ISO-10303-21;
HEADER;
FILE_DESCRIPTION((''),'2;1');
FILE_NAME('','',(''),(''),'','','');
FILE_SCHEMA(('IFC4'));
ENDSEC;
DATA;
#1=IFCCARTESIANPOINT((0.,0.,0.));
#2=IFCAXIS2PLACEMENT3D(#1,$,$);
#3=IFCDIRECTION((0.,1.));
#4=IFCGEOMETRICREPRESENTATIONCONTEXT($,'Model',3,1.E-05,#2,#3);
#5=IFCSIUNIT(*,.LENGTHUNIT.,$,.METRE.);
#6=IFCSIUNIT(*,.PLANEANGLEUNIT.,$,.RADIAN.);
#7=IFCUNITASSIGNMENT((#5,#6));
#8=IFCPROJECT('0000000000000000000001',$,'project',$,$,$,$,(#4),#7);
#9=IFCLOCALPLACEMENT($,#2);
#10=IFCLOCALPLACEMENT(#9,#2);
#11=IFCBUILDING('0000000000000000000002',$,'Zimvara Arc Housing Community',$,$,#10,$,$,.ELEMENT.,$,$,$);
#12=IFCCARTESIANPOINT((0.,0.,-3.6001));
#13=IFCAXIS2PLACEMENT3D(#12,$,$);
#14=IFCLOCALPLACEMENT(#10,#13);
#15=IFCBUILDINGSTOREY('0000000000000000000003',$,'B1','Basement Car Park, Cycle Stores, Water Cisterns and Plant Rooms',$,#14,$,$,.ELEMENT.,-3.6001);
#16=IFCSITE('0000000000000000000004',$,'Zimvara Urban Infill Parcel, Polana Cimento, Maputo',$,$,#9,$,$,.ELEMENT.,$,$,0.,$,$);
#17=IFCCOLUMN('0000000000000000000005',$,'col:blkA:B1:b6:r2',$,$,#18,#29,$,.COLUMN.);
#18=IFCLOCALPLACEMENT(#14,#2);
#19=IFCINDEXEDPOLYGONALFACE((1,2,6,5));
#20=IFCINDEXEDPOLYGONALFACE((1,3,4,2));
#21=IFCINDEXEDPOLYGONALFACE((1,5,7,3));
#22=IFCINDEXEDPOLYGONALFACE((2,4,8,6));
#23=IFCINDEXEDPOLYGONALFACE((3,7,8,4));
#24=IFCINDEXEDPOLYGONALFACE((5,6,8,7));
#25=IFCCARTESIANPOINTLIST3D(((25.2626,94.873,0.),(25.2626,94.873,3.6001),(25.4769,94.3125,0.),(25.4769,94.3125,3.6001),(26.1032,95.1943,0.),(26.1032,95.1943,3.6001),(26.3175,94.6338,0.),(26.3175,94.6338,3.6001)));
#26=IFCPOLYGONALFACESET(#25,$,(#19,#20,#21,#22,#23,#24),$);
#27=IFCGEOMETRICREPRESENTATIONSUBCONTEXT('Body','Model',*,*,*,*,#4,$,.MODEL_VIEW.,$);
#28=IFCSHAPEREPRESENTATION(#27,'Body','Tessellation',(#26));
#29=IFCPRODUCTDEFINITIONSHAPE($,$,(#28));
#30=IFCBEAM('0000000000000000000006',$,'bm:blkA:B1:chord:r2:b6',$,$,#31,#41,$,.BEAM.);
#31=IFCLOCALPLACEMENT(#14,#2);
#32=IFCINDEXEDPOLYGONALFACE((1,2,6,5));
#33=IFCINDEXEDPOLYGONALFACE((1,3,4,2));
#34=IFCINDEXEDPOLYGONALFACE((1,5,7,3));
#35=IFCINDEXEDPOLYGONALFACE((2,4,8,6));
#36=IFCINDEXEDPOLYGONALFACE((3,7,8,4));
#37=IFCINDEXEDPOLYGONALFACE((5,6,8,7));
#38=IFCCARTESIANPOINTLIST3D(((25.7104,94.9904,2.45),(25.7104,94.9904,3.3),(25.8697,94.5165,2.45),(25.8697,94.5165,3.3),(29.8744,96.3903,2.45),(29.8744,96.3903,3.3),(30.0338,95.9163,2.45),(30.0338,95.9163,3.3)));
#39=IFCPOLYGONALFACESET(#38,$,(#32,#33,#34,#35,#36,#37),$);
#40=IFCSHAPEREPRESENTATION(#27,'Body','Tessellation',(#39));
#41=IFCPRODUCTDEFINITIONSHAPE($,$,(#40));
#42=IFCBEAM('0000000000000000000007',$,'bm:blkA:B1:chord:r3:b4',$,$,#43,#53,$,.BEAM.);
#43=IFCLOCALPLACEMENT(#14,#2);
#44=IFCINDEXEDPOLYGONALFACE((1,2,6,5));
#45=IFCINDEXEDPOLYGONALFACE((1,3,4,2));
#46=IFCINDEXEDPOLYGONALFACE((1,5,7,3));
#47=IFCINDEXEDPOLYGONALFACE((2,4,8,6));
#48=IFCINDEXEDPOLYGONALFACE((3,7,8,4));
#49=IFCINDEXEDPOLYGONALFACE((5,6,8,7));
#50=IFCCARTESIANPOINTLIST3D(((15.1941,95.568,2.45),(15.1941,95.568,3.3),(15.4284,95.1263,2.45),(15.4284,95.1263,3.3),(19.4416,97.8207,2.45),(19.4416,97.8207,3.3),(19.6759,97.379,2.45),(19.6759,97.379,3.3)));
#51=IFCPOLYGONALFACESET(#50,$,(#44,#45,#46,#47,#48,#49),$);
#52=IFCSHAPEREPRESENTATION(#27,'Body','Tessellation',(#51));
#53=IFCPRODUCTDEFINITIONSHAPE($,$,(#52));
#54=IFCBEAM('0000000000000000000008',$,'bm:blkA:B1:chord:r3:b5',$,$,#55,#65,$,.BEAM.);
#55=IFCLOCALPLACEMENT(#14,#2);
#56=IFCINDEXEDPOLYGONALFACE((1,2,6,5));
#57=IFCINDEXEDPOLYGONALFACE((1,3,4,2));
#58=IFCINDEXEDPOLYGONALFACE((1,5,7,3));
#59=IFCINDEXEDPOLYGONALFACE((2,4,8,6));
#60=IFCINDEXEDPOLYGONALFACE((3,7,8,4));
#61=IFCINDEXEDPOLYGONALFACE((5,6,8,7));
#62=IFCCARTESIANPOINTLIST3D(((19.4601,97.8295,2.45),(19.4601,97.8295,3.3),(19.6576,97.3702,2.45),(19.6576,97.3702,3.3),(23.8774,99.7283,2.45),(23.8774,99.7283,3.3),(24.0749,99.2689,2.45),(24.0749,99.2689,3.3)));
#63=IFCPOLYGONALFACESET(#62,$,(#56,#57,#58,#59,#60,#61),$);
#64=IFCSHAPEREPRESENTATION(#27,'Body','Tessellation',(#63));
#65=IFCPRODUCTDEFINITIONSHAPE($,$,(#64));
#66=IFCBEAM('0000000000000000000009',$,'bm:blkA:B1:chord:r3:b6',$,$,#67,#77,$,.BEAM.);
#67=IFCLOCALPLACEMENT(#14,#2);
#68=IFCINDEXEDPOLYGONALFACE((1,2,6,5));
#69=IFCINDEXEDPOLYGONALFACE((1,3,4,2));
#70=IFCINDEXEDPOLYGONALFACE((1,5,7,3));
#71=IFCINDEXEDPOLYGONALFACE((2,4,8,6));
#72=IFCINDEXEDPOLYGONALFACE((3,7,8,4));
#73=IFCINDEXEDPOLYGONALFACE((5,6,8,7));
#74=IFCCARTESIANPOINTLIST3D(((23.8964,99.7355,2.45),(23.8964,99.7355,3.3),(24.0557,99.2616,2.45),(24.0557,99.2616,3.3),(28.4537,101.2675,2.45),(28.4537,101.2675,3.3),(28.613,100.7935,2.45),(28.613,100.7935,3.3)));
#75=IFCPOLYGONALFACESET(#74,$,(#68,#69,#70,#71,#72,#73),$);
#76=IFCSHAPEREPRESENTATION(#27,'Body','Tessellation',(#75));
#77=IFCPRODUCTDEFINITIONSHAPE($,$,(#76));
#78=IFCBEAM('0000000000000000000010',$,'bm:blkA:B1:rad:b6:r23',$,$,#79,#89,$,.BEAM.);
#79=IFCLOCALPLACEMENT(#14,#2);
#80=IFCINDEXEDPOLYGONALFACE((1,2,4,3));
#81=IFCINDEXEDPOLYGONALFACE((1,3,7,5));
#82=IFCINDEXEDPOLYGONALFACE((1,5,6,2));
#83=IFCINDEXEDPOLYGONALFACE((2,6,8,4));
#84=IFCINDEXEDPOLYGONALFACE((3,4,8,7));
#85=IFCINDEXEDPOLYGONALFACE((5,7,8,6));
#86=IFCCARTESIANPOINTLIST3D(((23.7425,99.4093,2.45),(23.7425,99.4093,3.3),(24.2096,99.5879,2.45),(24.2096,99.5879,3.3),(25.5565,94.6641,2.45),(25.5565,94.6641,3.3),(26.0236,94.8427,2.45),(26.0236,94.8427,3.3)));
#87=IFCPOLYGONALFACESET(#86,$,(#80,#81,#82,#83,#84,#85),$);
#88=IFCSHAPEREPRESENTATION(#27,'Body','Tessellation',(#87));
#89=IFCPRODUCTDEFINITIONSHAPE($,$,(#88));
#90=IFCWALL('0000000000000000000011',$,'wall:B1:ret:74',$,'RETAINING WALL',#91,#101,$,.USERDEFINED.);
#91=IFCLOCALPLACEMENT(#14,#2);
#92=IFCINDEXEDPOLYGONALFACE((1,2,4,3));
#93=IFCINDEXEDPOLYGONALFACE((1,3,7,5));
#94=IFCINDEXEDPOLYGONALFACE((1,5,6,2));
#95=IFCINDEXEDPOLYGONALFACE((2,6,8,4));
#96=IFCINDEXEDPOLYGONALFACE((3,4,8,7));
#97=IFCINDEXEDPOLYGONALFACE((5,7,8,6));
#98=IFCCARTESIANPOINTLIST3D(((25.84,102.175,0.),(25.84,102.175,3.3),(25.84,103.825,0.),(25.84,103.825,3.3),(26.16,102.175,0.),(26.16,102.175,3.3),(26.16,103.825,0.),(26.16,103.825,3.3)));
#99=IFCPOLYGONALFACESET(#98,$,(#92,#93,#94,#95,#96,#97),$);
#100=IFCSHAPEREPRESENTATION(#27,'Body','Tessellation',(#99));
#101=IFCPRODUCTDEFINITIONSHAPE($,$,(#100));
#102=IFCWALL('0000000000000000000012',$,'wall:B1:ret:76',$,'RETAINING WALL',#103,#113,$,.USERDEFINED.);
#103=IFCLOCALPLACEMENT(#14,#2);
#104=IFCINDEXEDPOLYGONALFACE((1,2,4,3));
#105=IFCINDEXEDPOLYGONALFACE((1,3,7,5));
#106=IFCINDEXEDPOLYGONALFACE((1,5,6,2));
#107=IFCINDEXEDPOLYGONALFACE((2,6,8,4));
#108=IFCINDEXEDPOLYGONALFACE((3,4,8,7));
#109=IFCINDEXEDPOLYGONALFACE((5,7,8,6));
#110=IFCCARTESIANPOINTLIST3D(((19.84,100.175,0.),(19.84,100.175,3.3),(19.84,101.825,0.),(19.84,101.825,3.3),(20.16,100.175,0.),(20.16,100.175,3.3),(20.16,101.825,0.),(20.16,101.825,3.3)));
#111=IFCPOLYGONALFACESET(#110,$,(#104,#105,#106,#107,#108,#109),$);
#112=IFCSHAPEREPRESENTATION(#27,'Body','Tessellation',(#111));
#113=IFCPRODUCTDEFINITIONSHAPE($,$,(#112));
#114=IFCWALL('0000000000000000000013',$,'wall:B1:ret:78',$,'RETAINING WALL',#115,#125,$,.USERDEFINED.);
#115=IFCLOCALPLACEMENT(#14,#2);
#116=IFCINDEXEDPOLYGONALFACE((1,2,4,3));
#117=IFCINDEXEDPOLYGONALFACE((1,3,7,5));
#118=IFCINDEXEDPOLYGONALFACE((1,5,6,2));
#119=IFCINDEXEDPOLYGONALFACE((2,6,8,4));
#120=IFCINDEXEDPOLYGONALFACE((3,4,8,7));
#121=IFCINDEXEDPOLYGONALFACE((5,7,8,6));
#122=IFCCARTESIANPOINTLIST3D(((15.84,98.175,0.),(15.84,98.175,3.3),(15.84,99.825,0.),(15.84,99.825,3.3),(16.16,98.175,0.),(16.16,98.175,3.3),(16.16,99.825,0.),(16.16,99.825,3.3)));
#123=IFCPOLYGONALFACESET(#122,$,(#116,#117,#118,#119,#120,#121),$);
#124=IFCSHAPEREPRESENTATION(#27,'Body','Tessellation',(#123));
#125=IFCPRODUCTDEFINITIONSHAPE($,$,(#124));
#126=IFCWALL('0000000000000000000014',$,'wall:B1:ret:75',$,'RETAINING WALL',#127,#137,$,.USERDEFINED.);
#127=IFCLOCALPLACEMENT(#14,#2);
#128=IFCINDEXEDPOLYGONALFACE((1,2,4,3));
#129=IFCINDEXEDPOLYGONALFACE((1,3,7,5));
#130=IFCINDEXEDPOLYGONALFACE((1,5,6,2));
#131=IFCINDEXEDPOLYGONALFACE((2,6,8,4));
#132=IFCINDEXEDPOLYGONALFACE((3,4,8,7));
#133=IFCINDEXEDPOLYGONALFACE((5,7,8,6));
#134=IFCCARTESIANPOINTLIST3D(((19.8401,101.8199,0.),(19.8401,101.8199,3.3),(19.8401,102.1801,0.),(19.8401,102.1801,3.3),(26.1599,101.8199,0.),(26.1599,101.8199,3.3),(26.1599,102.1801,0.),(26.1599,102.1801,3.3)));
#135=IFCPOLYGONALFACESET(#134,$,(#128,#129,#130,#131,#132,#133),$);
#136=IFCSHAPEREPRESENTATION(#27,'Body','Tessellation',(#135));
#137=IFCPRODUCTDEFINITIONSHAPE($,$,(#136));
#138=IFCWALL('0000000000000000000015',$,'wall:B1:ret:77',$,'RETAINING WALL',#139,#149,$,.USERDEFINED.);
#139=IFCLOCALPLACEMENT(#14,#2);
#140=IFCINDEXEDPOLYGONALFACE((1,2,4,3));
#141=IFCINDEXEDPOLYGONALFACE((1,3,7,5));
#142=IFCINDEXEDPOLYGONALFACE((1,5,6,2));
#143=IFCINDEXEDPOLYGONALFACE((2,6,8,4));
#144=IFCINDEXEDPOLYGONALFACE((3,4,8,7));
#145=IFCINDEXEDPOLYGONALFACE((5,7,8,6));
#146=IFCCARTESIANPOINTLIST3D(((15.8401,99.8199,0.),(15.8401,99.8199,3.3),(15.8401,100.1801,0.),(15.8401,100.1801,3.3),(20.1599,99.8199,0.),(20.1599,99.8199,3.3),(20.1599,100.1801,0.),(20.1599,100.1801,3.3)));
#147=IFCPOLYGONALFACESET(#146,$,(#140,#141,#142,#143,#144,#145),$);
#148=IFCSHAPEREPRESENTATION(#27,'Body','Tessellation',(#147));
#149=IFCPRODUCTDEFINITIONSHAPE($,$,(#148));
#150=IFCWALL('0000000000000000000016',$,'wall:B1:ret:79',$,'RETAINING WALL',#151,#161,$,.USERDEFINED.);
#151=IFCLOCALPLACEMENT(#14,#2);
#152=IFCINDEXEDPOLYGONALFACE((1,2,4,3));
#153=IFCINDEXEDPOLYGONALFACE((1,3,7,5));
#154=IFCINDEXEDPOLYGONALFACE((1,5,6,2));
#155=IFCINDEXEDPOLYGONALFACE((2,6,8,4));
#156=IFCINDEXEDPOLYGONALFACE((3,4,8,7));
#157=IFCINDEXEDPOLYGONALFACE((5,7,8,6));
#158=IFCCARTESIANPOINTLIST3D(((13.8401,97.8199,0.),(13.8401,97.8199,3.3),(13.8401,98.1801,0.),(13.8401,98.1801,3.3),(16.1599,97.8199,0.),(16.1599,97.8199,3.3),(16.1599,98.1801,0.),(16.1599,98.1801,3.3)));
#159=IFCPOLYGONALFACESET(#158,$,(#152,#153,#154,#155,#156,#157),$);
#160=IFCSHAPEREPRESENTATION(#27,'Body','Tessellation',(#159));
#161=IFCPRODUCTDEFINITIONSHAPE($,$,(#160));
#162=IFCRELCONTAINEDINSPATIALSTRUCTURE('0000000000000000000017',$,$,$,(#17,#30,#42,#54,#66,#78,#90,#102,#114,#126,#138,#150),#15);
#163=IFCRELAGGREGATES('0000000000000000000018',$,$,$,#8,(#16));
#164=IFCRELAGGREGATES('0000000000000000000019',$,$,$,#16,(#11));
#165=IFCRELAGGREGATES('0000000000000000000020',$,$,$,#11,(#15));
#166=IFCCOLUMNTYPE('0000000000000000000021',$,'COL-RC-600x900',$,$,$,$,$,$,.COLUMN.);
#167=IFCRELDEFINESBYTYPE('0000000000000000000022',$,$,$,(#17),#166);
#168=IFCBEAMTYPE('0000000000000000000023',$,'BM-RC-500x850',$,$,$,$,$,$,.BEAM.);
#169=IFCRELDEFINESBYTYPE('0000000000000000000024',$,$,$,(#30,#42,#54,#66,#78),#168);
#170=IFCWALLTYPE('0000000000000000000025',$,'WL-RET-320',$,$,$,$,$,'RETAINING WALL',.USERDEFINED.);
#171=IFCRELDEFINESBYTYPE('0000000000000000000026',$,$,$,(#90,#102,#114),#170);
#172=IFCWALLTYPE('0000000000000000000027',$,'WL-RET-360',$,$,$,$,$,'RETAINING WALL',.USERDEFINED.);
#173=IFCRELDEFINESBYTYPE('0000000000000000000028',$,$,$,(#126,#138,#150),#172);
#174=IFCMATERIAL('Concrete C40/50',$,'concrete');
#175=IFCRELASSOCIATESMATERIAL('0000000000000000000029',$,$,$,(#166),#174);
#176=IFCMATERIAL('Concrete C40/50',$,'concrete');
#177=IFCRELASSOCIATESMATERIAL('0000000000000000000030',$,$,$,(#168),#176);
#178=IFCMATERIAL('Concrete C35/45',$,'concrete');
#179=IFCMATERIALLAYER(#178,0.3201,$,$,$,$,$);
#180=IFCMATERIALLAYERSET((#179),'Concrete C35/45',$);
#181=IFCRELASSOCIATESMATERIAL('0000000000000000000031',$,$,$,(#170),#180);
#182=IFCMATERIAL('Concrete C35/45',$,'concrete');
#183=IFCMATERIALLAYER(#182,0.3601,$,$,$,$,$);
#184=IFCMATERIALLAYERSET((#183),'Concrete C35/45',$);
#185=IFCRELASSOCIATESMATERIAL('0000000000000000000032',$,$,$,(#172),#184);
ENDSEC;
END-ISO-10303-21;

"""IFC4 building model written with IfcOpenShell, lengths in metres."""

from ifc_helpers import new_model, si_unit, direction, frame, frame_2d, origin, origin_2d, place, context, subcontext, project, spatial, rectangle, extrude, material, layer, layer_set, material_profile, profile_set, type_object, element, save


model = new_model("IFC4")

# Units and contexts
model_context = context("Model", 3, precision=1e-05, world=origin(), true_north=direction((0.0, 1.0)))
body_context = subcontext(model_context, "Body", "Model", "MODEL_VIEW")
ifc_project = project(units=[si_unit("LENGTHUNIT", "METRE"), si_unit("PLANEANGLEUNIT", "RADIAN")], contexts=[model_context])

# Site, building, storey
site_placement = place(None, origin())
site = spatial("IfcSite", under=ifc_project, at=site_placement, Name="Zimvara Urban Infill Parcel, Polana Cimento, Maputo", CompositionType="ELEMENT", RefElevation=0.0)
building_placement = place(site_placement, origin())
building = spatial("IfcBuilding", under=site, at=building_placement, Name="Zimvara Arc Housing Community", CompositionType="ELEMENT")
storey_placement = place(building_placement, frame((0.0, 0.0, -3.6001)))
storey = spatial("IfcBuildingStorey", under=building, at=storey_placement, Name="B1", Description="Basement Car Park, Cycle Stores, Water Cisterns and Plant Rooms", CompositionType="ELEMENT", Elevation=-3.6001)

# Column
ifc_material_1 = material(Name="Concrete C40/50", Category="concrete")
ifc_material_profile_1 = material_profile(ifc_material_1, rectangle(XDim=0.6001, YDim=0.8999, at=origin_2d()), Name="RC 600x900")
ifc_profile_set_1 = profile_set([ifc_material_profile_1], Name="Concrete C40/50")
column_type_1 = type_object("IfcColumnType", Name="COL-RC-600x900", PredefinedType="COLUMN", material=ifc_profile_set_1)
column_1_placement = place(storey_placement, frame((25.79, 94.7534, 0.0), z_axis=(0.0, 0.0, 1.0), x_axis=(-0.357064, 0.93408, 0.0)))
element("IfcColumn", 1, at=column_1_placement, inside=storey, type_object=column_type_1, Name="col:blkA:B1:b6:r2", PredefinedType="COLUMN", context=body_context, shape_type="SweptSolid", body=[
    extrude(rectangle(XDim=0.6001, YDim=0.8999, at=origin_2d()), origin(), (0.0, 0.0, 1.0), 3.6001),
])

# Beams
ifc_material_2 = material(Name="Concrete C40/50", Category="concrete")
ifc_material_profile_2 = material_profile(ifc_material_2, rectangle(XDim=0.5, YDim=0.8501, at=origin_2d()), Name="RC 500x850")
ifc_profile_set_2 = profile_set([ifc_material_profile_2], Name="Concrete C40/50")
beam_type = type_object("IfcBeamType", Name="BM-RC-500x850", PredefinedType="BEAM", material=ifc_profile_set_2)
beam_1_placement = place(storey_placement, frame((25.79, 94.7534, 2.875), z_axis=(0.947869, 0.318661, 0.0), x_axis=(-0.318661, 0.947869, 0.0)))
element("IfcBeam", 2, at=beam_1_placement, inside=storey, type_object=beam_type, Name="bm:blkA:B1:chord:r2:b6", PredefinedType="BEAM", context=body_context, shape_type="SweptSolid", body=[
    extrude(rectangle(XDim=0.5, YDim=0.8501, at=origin_2d()), origin(), (0.0, 0.0, 1.0), 4.3931),
])
beam_2_placement = place(storey_placement, frame((15.3113, 95.3472, 2.875), z_axis=(0.883446, 0.468534, 0.0), x_axis=(-0.468534, 0.883446, 0.0)))
element("IfcBeam", 3, at=beam_2_placement, inside=storey, type_object=beam_type, Name="bm:blkA:B1:chord:r3:b4", PredefinedType="BEAM", context=body_context, shape_type="SweptSolid", body=[
    extrude(rectangle(XDim=0.5, YDim=0.8501, at=origin_2d()), origin(), (0.0, 0.0, 1.0), 4.8079),
])
beam_3_placement = place(storey_placement, frame((19.5588, 97.5999, 2.875), z_axis=(0.918724, 0.3949, 0.0), x_axis=(-0.3949, 0.918724, 0.0)))
element("IfcBeam", 4, at=beam_3_placement, inside=storey, type_object=beam_type, Name="bm:blkA:B1:chord:r3:b5", PredefinedType="BEAM", context=body_context, shape_type="SweptSolid", body=[
    extrude(rectangle(XDim=0.5, YDim=0.8501, at=origin_2d()), origin(), (0.0, 0.0, 1.0), 4.8081),
])
beam_4_placement = place(storey_placement, frame((23.9761, 99.4985, 2.875), z_axis=(0.947878, 0.318634, 0.0), x_axis=(-0.318634, 0.947878, 0.0)))
element("IfcBeam", 5, at=beam_4_placement, inside=storey, type_object=beam_type, Name="bm:blkA:B1:chord:r3:b6", PredefinedType="BEAM", context=body_context, shape_type="SweptSolid", body=[
    extrude(rectangle(XDim=0.5, YDim=0.8501, at=origin_2d()), origin(), (0.0, 0.0, 1.0), 4.8079),
])
beam_5_placement = place(storey_placement, frame((25.79, 94.7534, 2.875), z_axis=(-0.357078, 0.934074, 0.0), x_axis=(-0.934074, -0.357078, 0.0)))
element("IfcBeam", 6, at=beam_5_placement, inside=storey, type_object=beam_type, Name="bm:blkA:B1:rad:b6:r23", PredefinedType="BEAM", context=body_context, shape_type="SweptSolid", body=[
    extrude(rectangle(XDim=0.5, YDim=0.8501, at=origin_2d()), origin(), (0.0, 0.0, 1.0), 5.0801),
])

# Walls
ifc_material_3 = material(Name="Concrete C35/45", Category="concrete")
ifc_layer_1 = layer(ifc_material_3, 0.3201)
ifc_layer_set_1 = layer_set([ifc_layer_1], Name="Concrete C35/45")
wall_type_1 = type_object("IfcWallType", Name="WL-RET-320", ElementType="RETAINING WALL", PredefinedType="USERDEFINED", material=ifc_layer_set_1)
for number, where, z_axis, x_axis, name in (
    (7, (26.0, 103.825, 0.0), (0.0, 0.0, 1.0), (0.0, -1.0, 0.0), "wall:B1:ret:74"),
    (8, (20.0, 101.825, 0.0), (0.0, 0.0, 1.0), (0.0, -1.0, 0.0), "wall:B1:ret:76"),
    (9, (16.0, 99.825, 0.0), (0.0, 0.0, 1.0), (0.0, -1.0, 0.0), "wall:B1:ret:78"),
):
    element("IfcWall", number, at=place(storey_placement, frame(where, z_axis=z_axis, x_axis=x_axis)), inside=storey, type_object=wall_type_1, Name=name, ObjectType="RETAINING WALL", PredefinedType="USERDEFINED", context=body_context, shape_type="SweptSolid", body=[
        extrude(rectangle(XDim=1.6499, YDim=0.3201, at=frame_2d((0.825, 0.0))), origin(), (0.0, 0.0, 1.0), 3.3),
    ])
ifc_material_4 = material(Name="Concrete C35/45", Category="concrete")
ifc_layer_2 = layer(ifc_material_4, 0.3601)
ifc_layer_set_2 = layer_set([ifc_layer_2], Name="Concrete C35/45")
wall_type_2 = type_object("IfcWallType", Name="WL-RET-360", ElementType="RETAINING WALL", PredefinedType="USERDEFINED", material=ifc_layer_set_2)
wall_1_placement = place(storey_placement, frame((26.1599, 102.0, 0.0), z_axis=(0.0, 0.0, 1.0), x_axis=(-1.0, 0.0, 0.0)))
element("IfcWall", 10, at=wall_1_placement, inside=storey, type_object=wall_type_2, Name="wall:B1:ret:75", ObjectType="RETAINING WALL", PredefinedType="USERDEFINED", context=body_context, shape_type="SweptSolid", body=[
    extrude(rectangle(XDim=6.3198, YDim=0.3601, at=frame_2d((3.1599, 0.0))), origin(), (0.0, 0.0, 1.0), 3.3),
])
wall_2_placement = place(storey_placement, frame((20.1599, 100.0, 0.0), z_axis=(0.0, 0.0, 1.0), x_axis=(-1.0, 0.0, 0.0)))
element("IfcWall", 11, at=wall_2_placement, inside=storey, type_object=wall_type_2, Name="wall:B1:ret:77", ObjectType="RETAINING WALL", PredefinedType="USERDEFINED", context=body_context, shape_type="SweptSolid", body=[
    extrude(rectangle(XDim=4.3198, YDim=0.3601, at=frame_2d((2.1599, 0.0))), origin(), (0.0, 0.0, 1.0), 3.3),
])
wall_3_placement = place(storey_placement, frame((16.1599, 98.0, 0.0), z_axis=(0.0, 0.0, 1.0), x_axis=(-1.0, 0.0, 0.0)))
element("IfcWall", 12, at=wall_3_placement, inside=storey, type_object=wall_type_2, Name="wall:B1:ret:79", ObjectType="RETAINING WALL", PredefinedType="USERDEFINED", context=body_context, shape_type="SweptSolid", body=[
    extrude(rectangle(XDim=2.3198, YDim=0.3601, at=frame_2d((1.1599, 0.0))), origin(), (0.0, 0.0, 1.0), 3.3),
])

save(model, "model.ifc")
